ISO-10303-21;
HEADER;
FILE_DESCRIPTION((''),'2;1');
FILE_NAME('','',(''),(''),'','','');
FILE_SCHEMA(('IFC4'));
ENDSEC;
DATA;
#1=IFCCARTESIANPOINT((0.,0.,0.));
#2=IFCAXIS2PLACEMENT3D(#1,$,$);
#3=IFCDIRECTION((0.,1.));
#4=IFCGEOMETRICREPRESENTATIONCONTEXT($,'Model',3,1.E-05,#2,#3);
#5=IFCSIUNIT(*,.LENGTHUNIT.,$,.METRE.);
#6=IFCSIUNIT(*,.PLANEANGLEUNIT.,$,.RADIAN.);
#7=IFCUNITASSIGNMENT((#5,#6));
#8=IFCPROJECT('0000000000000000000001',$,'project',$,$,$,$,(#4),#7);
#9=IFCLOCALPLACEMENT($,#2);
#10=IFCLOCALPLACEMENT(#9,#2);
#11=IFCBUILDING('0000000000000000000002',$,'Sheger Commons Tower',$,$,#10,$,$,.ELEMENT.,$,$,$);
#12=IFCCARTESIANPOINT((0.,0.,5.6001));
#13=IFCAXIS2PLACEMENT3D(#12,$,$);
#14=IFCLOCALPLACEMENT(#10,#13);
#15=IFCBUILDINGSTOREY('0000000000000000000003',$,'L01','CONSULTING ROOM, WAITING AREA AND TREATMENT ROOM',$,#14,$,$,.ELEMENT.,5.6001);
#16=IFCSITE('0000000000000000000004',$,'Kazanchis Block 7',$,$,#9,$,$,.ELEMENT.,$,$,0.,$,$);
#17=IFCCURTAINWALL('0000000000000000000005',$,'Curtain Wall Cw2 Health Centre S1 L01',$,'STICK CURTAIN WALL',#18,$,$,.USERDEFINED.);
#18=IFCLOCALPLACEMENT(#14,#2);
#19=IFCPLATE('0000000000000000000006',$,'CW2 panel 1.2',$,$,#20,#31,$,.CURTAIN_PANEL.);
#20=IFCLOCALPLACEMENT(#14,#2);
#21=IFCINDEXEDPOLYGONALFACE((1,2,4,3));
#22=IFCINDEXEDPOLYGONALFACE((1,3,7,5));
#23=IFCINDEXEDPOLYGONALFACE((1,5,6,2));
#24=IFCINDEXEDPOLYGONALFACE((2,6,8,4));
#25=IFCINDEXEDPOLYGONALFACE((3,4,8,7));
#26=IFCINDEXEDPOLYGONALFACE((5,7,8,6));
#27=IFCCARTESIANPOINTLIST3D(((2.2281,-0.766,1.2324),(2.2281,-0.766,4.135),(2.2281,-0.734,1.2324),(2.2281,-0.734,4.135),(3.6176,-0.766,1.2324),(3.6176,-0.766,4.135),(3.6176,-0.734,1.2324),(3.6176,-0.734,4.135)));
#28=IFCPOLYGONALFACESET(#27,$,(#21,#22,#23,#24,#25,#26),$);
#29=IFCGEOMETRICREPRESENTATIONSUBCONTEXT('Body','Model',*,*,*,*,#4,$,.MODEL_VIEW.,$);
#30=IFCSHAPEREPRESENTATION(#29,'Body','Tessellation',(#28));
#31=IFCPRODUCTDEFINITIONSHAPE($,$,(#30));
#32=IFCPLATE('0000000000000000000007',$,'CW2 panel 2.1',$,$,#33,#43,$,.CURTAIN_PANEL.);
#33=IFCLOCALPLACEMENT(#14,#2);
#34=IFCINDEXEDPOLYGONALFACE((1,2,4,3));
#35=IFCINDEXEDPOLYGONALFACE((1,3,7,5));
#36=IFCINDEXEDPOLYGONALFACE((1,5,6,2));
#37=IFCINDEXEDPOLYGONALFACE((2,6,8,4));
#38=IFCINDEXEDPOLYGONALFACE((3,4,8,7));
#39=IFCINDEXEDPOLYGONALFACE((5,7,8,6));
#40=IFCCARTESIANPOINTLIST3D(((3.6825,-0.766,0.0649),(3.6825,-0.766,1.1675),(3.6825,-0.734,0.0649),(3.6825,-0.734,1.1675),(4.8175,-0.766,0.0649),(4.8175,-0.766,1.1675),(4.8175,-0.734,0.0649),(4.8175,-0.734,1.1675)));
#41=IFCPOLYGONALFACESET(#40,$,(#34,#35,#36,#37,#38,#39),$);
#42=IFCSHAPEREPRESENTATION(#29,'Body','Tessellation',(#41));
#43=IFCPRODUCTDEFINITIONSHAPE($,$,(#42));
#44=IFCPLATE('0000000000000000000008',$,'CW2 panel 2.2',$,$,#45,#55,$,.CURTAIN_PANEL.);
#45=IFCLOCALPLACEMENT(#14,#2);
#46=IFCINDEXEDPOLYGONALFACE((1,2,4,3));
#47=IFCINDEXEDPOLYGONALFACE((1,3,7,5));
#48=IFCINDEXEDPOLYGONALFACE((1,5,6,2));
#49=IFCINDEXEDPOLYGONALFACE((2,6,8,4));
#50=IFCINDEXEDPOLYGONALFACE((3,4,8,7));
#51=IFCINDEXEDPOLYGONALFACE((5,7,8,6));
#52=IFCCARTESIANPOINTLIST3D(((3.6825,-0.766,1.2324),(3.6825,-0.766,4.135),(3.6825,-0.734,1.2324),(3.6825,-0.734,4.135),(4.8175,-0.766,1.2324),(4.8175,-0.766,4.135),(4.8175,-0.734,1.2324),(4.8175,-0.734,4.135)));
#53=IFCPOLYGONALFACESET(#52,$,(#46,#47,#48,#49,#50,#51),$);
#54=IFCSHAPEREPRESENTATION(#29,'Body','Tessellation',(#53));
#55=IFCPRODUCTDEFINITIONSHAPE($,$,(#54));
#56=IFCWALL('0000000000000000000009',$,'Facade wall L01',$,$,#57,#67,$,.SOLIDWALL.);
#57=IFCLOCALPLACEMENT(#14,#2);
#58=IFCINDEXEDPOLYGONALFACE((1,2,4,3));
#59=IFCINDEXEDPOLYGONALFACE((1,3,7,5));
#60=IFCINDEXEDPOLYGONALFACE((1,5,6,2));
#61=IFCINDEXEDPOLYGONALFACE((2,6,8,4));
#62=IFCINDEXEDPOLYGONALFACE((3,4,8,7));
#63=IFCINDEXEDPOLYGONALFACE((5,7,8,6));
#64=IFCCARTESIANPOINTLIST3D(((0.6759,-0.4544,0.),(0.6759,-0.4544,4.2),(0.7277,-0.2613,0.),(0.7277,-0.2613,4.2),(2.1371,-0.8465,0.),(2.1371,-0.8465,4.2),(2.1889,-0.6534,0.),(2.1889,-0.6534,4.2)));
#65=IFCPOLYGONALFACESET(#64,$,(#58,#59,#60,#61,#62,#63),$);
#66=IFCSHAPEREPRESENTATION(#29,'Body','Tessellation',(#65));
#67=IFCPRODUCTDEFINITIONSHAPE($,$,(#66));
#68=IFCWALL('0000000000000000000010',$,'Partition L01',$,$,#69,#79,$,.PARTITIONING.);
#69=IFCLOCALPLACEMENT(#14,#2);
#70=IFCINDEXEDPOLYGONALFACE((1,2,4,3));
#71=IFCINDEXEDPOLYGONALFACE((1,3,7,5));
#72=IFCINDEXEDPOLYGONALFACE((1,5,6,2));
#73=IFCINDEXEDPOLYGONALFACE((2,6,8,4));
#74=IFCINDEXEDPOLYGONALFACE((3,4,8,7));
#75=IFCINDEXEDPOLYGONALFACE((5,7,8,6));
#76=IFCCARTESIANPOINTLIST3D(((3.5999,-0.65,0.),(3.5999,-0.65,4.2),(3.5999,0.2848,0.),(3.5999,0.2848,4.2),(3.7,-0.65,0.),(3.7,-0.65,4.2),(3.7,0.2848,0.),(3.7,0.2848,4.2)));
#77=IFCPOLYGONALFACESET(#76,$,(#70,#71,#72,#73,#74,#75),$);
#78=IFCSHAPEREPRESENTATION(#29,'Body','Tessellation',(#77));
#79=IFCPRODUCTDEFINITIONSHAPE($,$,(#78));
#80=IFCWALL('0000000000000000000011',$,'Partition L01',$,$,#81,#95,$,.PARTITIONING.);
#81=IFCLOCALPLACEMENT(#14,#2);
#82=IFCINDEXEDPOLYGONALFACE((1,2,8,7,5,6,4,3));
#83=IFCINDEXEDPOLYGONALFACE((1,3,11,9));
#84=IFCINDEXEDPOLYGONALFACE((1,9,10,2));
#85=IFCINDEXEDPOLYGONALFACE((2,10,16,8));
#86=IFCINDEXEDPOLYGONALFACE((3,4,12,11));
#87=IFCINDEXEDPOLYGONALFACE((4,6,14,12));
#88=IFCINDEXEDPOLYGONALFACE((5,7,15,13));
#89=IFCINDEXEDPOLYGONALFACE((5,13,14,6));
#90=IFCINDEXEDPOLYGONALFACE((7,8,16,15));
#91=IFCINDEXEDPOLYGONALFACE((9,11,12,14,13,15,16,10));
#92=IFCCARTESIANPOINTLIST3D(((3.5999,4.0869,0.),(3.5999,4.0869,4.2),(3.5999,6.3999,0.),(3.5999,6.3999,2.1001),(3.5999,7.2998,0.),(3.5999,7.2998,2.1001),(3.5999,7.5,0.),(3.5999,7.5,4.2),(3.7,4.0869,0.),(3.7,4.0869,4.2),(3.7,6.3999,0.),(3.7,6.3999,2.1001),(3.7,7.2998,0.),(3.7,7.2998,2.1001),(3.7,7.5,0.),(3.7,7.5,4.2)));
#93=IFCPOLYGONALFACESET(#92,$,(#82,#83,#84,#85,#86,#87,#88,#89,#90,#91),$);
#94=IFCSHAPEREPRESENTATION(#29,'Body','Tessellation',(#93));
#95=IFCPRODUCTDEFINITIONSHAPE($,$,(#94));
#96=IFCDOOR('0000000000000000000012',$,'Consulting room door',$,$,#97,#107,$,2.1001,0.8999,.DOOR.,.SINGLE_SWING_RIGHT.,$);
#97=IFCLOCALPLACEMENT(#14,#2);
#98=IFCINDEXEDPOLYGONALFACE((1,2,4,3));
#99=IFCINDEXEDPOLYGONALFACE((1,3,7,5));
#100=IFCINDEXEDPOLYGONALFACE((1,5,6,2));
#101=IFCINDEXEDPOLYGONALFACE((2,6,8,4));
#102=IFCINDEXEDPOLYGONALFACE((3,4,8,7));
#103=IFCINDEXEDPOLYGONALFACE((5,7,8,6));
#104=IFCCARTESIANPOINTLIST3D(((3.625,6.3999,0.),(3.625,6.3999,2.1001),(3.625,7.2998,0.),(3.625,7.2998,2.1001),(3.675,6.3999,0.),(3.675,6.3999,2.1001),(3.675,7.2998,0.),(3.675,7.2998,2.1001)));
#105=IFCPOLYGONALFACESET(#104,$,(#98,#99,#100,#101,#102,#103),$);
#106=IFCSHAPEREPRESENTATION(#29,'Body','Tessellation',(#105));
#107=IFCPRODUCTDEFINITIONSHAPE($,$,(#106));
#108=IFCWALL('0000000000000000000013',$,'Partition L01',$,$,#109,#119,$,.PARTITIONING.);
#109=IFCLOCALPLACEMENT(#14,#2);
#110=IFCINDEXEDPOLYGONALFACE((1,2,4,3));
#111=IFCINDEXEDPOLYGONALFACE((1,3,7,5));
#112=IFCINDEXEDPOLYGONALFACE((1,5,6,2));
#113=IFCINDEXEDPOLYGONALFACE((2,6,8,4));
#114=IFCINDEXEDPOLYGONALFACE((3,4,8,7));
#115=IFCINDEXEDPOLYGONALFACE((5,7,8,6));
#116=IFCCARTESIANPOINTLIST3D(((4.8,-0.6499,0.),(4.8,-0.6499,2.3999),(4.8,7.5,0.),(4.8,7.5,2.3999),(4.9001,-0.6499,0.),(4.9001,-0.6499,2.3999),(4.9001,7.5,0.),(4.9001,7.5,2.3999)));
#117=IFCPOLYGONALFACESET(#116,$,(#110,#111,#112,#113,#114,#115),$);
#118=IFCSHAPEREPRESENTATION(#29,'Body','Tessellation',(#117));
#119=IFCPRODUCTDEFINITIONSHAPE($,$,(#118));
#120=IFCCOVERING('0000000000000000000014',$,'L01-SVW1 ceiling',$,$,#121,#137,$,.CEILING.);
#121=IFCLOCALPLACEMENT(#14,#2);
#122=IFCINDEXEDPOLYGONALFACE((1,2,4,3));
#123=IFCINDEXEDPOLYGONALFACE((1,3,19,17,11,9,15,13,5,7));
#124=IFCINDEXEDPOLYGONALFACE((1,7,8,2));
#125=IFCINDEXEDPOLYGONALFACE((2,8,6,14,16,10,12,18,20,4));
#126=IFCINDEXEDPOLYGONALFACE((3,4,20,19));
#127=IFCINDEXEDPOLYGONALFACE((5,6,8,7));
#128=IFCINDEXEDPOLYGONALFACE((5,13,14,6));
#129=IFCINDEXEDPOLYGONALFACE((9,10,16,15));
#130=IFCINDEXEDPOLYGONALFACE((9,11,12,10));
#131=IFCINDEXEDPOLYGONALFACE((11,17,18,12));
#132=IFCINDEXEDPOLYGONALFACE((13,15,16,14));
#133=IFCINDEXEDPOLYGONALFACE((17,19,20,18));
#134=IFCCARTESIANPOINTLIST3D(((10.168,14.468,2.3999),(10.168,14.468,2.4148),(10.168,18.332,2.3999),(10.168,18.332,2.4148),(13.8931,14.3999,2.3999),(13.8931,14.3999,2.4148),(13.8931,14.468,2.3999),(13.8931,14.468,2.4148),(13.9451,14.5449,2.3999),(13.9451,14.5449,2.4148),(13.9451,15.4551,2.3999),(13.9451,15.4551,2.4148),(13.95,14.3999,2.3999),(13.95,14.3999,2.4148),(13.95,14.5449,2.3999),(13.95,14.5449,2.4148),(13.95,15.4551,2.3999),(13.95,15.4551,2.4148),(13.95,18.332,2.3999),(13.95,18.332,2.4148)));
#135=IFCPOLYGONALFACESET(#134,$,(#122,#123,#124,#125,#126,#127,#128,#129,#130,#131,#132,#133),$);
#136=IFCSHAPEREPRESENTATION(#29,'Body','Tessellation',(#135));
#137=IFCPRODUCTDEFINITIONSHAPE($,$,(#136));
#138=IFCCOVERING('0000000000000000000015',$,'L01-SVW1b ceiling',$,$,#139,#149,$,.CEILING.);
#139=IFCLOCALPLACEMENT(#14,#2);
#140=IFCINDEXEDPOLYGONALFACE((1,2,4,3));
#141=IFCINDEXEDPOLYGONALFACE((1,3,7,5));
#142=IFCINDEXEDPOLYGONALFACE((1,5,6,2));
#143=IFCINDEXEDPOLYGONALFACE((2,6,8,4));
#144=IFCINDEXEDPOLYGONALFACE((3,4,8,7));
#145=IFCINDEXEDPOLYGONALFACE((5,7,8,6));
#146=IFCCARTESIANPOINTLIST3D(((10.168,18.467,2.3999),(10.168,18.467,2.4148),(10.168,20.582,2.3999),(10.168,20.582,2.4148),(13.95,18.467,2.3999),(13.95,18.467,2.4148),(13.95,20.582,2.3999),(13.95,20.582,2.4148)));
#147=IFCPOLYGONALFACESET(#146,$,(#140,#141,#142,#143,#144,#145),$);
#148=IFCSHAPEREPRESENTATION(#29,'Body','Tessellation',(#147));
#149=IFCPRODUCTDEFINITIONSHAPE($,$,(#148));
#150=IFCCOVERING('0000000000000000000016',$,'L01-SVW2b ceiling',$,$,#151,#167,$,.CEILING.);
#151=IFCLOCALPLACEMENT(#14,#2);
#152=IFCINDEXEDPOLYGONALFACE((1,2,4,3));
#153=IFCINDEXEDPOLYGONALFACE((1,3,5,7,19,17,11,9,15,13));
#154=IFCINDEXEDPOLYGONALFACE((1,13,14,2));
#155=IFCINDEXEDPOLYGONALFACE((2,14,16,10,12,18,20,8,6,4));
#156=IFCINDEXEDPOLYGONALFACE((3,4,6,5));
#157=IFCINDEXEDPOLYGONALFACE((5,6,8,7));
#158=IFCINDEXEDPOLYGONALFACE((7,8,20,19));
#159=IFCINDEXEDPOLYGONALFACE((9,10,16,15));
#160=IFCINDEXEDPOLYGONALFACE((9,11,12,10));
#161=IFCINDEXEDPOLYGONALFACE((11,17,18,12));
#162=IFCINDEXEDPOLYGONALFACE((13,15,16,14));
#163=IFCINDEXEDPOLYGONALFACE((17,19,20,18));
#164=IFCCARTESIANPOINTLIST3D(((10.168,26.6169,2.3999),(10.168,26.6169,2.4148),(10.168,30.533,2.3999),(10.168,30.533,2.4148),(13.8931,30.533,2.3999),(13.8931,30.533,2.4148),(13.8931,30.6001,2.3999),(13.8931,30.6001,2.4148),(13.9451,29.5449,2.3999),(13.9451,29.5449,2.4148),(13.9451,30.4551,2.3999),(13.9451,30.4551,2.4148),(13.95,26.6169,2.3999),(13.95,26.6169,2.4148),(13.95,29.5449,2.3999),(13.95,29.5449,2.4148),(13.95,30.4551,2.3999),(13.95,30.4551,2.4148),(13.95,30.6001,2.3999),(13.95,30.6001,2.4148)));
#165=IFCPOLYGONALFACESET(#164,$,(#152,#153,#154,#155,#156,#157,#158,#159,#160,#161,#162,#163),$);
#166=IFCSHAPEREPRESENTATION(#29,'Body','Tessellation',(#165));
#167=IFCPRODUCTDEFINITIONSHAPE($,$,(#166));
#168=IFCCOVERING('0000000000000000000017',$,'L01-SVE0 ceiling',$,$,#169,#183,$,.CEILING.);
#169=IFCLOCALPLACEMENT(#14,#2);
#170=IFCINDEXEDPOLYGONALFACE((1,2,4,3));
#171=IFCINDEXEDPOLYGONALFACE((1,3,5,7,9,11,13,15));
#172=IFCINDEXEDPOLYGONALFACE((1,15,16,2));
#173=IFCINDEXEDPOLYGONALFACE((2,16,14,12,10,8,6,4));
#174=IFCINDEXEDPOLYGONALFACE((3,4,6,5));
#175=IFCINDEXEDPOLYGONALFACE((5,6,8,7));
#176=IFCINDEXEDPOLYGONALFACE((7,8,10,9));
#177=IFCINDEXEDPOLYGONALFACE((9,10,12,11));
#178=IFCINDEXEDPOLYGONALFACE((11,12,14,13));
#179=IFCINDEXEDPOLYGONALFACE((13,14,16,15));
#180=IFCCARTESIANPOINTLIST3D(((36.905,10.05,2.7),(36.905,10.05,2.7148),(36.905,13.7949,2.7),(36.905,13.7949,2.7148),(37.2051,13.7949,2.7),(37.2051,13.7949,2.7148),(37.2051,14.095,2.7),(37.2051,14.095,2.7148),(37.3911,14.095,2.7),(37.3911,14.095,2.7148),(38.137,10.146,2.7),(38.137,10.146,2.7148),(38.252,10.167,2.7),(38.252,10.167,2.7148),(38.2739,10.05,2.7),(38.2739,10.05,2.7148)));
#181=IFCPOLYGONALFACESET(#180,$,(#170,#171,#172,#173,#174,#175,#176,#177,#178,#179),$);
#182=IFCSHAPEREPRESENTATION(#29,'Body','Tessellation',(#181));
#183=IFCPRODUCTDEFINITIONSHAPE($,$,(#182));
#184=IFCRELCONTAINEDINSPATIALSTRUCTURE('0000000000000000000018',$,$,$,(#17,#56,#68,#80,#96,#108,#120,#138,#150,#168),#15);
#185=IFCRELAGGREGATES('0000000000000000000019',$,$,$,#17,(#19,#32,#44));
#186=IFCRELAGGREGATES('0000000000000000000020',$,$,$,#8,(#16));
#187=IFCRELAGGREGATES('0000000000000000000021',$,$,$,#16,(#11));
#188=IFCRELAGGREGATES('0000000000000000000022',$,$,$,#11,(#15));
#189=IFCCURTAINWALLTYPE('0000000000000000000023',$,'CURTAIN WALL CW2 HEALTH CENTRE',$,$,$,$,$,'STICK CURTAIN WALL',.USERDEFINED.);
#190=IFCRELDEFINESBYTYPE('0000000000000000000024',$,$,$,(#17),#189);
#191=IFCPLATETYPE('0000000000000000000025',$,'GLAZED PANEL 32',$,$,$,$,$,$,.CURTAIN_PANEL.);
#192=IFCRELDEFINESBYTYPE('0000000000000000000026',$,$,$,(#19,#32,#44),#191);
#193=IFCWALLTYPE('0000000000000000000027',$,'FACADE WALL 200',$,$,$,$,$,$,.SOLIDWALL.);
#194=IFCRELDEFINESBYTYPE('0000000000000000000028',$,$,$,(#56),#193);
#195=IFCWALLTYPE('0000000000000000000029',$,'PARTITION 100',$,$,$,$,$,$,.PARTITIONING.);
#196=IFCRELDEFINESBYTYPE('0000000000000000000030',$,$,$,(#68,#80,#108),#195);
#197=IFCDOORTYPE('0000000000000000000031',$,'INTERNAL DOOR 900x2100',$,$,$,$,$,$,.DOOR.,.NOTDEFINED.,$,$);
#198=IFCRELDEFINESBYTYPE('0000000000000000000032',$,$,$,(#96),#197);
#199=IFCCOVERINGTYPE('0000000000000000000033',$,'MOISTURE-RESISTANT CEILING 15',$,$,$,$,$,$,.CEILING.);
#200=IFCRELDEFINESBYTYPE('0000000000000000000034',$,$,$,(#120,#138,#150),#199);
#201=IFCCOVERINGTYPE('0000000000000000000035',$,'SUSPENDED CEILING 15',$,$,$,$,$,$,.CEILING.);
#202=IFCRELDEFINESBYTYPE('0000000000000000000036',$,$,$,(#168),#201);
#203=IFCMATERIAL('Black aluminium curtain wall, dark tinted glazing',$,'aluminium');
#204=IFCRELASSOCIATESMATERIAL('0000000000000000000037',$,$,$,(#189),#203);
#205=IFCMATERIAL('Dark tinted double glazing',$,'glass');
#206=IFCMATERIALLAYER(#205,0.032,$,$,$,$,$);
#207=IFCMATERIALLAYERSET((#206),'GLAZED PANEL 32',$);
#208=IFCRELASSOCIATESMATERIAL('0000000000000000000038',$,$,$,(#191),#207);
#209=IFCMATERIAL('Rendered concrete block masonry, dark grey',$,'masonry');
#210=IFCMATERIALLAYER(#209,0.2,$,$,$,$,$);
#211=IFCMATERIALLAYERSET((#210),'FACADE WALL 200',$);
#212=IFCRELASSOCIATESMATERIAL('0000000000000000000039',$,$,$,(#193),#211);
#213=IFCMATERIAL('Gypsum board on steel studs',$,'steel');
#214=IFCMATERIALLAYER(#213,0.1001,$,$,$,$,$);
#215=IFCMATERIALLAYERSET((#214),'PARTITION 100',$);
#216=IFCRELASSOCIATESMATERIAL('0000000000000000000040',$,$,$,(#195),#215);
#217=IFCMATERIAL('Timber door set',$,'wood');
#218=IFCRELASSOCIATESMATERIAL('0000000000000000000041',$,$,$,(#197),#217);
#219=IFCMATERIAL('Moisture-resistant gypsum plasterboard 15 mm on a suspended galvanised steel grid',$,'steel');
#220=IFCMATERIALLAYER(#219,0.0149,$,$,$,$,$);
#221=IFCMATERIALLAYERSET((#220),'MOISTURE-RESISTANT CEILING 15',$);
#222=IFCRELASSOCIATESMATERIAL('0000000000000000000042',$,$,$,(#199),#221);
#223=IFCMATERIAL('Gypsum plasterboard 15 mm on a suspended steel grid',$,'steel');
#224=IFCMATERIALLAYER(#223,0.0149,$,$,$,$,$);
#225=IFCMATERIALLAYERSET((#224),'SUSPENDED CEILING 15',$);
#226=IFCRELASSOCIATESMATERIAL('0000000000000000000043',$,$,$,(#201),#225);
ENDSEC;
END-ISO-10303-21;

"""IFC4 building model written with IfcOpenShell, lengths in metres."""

from ifc_helpers import new_model, si_unit, direction, frame, frame_2d, origin, origin_2d, place, context, subcontext, project, spatial, polyline, rectangle, outline, extrude, material, layer, layer_set, type_object, element, fill, aggregate, save


model = new_model("IFC4")

# Units and contexts
model_context = context("Model", 3, precision=1e-05, world=origin(), true_north=direction((0.0, 1.0)))
body_context = subcontext(model_context, "Body", "Model", "MODEL_VIEW")
ifc_project = project(units=[si_unit("LENGTHUNIT", "METRE"), si_unit("PLANEANGLEUNIT", "RADIAN")], contexts=[model_context])

# Site, building, storey
site_placement = place(None, origin())
site = spatial("IfcSite", under=ifc_project, at=site_placement, Name="Kazanchis Block 7", CompositionType="ELEMENT", RefElevation=0.0)
building_placement = place(site_placement, origin())
building = spatial("IfcBuilding", under=site, at=building_placement, Name="Sheger Commons Tower", CompositionType="ELEMENT")
storey_placement = place(building_placement, frame((0.0, 0.0, 5.6001)))
storey = spatial("IfcBuildingStorey", under=building, at=storey_placement, Name="L01", Description="CONSULTING ROOM, WAITING AREA AND TREATMENT ROOM", CompositionType="ELEMENT", Elevation=5.6001)

# Curtain wall
ifc_material_1 = material(Name="Black aluminium curtain wall, dark tinted glazing", Category="aluminium")
curtain_wall_type = type_object("IfcCurtainWallType", Name="CURTAIN WALL CW2 HEALTH CENTRE", ElementType="STICK CURTAIN WALL", PredefinedType="USERDEFINED", material=ifc_material_1)
curtain_wall_placement = place(storey_placement, origin())
curtain_wall = element("IfcCurtainWall", 1, at=curtain_wall_placement, inside=storey, type_object=curtain_wall_type, Name="Curtain Wall Cw2 Health Centre S1 L01", ObjectType="STICK CURTAIN WALL", PredefinedType="USERDEFINED")

# Plates
ifc_material_2 = material(Name="Dark tinted double glazing", Category="glass")
ifc_layer_1 = layer(ifc_material_2, 0.032)
ifc_layer_set_1 = layer_set([ifc_layer_1], Name="GLAZED PANEL 32")
plate_type = type_object("IfcPlateType", Name="GLAZED PANEL 32", PredefinedType="CURTAIN_PANEL", material=ifc_layer_set_1)
plate_1_placement = place(storey_placement, frame((2.9229, -0.75, 1.2324), z_axis=(0.0, 0.0, 1.0), x_axis=(1.0, 0.0, 0.0)))
plate_1 = element("IfcPlate", 2, at=plate_1_placement, type_object=plate_type, Name="CW2 panel 1.2", PredefinedType="CURTAIN_PANEL", context=body_context, shape_type="SweptSolid", body=[
    extrude(rectangle(XDim=1.3894, YDim=0.032, at=origin_2d()), origin(), (0.0, 0.0, 1.0), 2.9026),
])
plate_2_placement = place(storey_placement, frame((4.25, -0.75, 0.0649), z_axis=(0.0, 0.0, 1.0), x_axis=(1.0, 0.0, 0.0)))
plate_2 = element("IfcPlate", 3, at=plate_2_placement, type_object=plate_type, Name="CW2 panel 2.1", PredefinedType="CURTAIN_PANEL", context=body_context, shape_type="SweptSolid", body=[
    extrude(rectangle(XDim=1.135, YDim=0.032, at=origin_2d()), origin(), (0.0, 0.0, 1.0), 1.1025),
])
plate_3_placement = place(storey_placement, frame((4.25, -0.75, 1.2324), z_axis=(0.0, 0.0, 1.0), x_axis=(1.0, 0.0, 0.0)))
plate_3 = element("IfcPlate", 4, at=plate_3_placement, type_object=plate_type, Name="CW2 panel 2.2", PredefinedType="CURTAIN_PANEL", context=body_context, shape_type="SweptSolid", body=[
    extrude(rectangle(XDim=1.135, YDim=0.032, at=origin_2d()), origin(), (0.0, 0.0, 1.0), 2.9026),
])
aggregate(curtain_wall, [plate_1, plate_2, plate_3])

# Walls
ifc_material_3 = material(Name="Rendered concrete block masonry, dark grey", Category="masonry")
ifc_layer_2 = layer(ifc_material_3, 0.2)
ifc_layer_set_2 = layer_set([ifc_layer_2], Name="FACADE WALL 200")
wall_type_1 = type_object("IfcWallType", Name="FACADE WALL 200", PredefinedType="SOLIDWALL", material=ifc_layer_set_2)
wall_1_placement = place(storey_placement, frame((0.7019, -0.3579, 0.0), z_axis=(0.0, 0.0, 1.0), x_axis=(0.965832, -0.259169, 0.0)))
element("IfcWall", 5, at=wall_1_placement, inside=storey, type_object=wall_type_1, Name="Facade wall L01", PredefinedType="SOLIDWALL", context=body_context, shape_type="SweptSolid", body=[
    extrude(rectangle(XDim=1.5129, YDim=0.2, at=frame_2d((0.7563, 0.0))), origin(), (0.0, 0.0, 1.0), 4.2),
])
ifc_material_4 = material(Name="Gypsum board on steel studs", Category="steel")
ifc_layer_3 = layer(ifc_material_4, 0.1001)
ifc_layer_set_3 = layer_set([ifc_layer_3], Name="PARTITION 100")
wall_type_2 = type_object("IfcWallType", Name="PARTITION 100", PredefinedType="PARTITIONING", material=ifc_layer_set_3)
wall_2_placement = place(storey_placement, frame((3.6499, -0.6499, 0.0), z_axis=(0.0, 0.0, 1.0), x_axis=(0.0, 1.0, 0.0)))
element("IfcWall", 6, at=wall_2_placement, inside=storey, type_object=wall_type_2, Name="Partition L01", PredefinedType="PARTITIONING", context=body_context, shape_type="SweptSolid", body=[
    extrude(rectangle(XDim=0.9348, YDim=0.1001, at=frame_2d((0.4673, 0.0))), origin(), (0.0, 0.0, 1.0), 4.2),
])

# Wall, opening, door
wall_3_placement = place(storey_placement, frame((3.6499, 4.0869, 0.0), z_axis=(0.0, 0.0, 1.0), x_axis=(0.0, 1.0, 0.0)))
wall_3 = element("IfcWall", 7, at=wall_3_placement, inside=storey, type_object=wall_type_2, Name="Partition L01", PredefinedType="PARTITIONING", context=body_context, shape_type="SweptSolid", body=[
    extrude(rectangle(XDim=3.4131, YDim=0.1001, at=frame_2d((1.7065, 0.0))), origin(), (0.0, 0.0, 1.0), 4.2),
])
opening_placement = place(wall_3_placement, frame((2.313, 0.0, 0.0)))
opening = element("IfcOpeningElement", 8, at=opening_placement, cuts=wall_3, PredefinedType="OPENING", context=body_context, shape_type="SweptSolid", body=[
    extrude(rectangle(XDim=0.8999, YDim=2.1001, at=frame_2d((0.45, 1.05))), frame((0.0, 0.0601, 0.0), z_axis=(0.0, -1.0, 0.0), x_axis=(1.0, 0.0, 0.0)), (0.0, 0.0, 1.0), 0.1201),
])
ifc_material_5 = material(Name="Timber door set", Category="wood")
door_type = type_object("IfcDoorType", Name="INTERNAL DOOR 900x2100", OperationType="NOTDEFINED", PredefinedType="DOOR", material=ifc_material_5)
door_placement = place(opening_placement, origin())
door = element("IfcDoor", 9, at=door_placement, inside=storey, type_object=door_type, Name="Consulting room door", OperationType="SINGLE_SWING_RIGHT", OverallHeight=2.1001, OverallWidth=0.8999, PredefinedType="DOOR", context=body_context, shape_type="SweptSolid", body=[
    extrude(rectangle(XDim=0.8999, YDim=2.1001, at=frame_2d((0.45, 1.05))), frame((0.0, 0.0249, 0.0), z_axis=(0.0, -1.0, 0.0), x_axis=(1.0, 0.0, 0.0)), (0.0, 0.0, 1.0), 0.05),
])
fill(opening, door)

# Wall
wall_4_placement = place(storey_placement, frame((4.8501, -0.6499, 0.0), z_axis=(0.0, 0.0, 1.0), x_axis=(0.0, 1.0, 0.0)))
element("IfcWall", 10, at=wall_4_placement, inside=storey, type_object=wall_type_2, Name="Partition L01", PredefinedType="PARTITIONING", context=body_context, shape_type="SweptSolid", body=[
    extrude(rectangle(XDim=8.1499, YDim=0.1001, at=frame_2d((4.075, 0.0))), origin(), (0.0, 0.0, 1.0), 2.3999),
])

# Coverings
ifc_material_6 = material(Name="Moisture-resistant gypsum plasterboard 15 mm on a suspended galvanised steel grid", Category="steel")
ifc_layer_4 = layer(ifc_material_6, 0.0149)
ifc_layer_set_4 = layer_set([ifc_layer_4], Name="MOISTURE-RESISTANT CEILING 15")
covering_type_1 = type_object("IfcCoveringType", Name="MOISTURE-RESISTANT CEILING 15", PredefinedType="CEILING", material=ifc_layer_set_4)
covering_1_placement = place(storey_placement, frame((0.0, 0.0, 2.3999)))
element("IfcCovering", 11, at=covering_1_placement, inside=storey, type_object=covering_type_1, Name="L01-SVW1 ceiling", PredefinedType="CEILING", context=body_context, shape_type="SweptSolid", body=[
    extrude(outline(polyline([(13.8931, 14.3999), (13.95, 14.3999), (13.95, 14.5449), (13.9451, 14.5449), (13.9451, 15.4551), (13.95, 15.4551), (13.95, 18.332), (10.168, 18.332), (10.168, 14.468), (13.8931, 14.468), (13.8931, 14.3999)])), origin(), (0.0, 0.0, 1.0), 0.0149),
])
covering_2_placement = place(storey_placement, frame((0.0, 0.0, 2.3999)))
element("IfcCovering", 12, at=covering_2_placement, inside=storey, type_object=covering_type_1, Name="L01-SVW1b ceiling", PredefinedType="CEILING", context=body_context, shape_type="SweptSolid", body=[
    extrude(outline(polyline([(10.168, 18.467), (13.95, 18.467), (13.95, 20.582), (10.168, 20.582), (10.168, 18.467)])), origin(), (0.0, 0.0, 1.0), 0.0149),
])
covering_3_placement = place(storey_placement, frame((0.0, 0.0, 2.3999)))
element("IfcCovering", 13, at=covering_3_placement, inside=storey, type_object=covering_type_1, Name="L01-SVW2b ceiling", PredefinedType="CEILING", context=body_context, shape_type="SweptSolid", body=[
    extrude(outline(polyline([(10.168, 26.6169), (13.95, 26.6169), (13.95, 29.5449), (13.9451, 29.5449), (13.9451, 30.4551), (13.95, 30.4551), (13.95, 30.6001), (13.8931, 30.6001), (13.8931, 30.533), (10.168, 30.533), (10.168, 26.6169)])), origin(), (0.0, 0.0, 1.0), 0.0149),
])
ifc_material_7 = material(Name="Gypsum plasterboard 15 mm on a suspended steel grid", Category="steel")
ifc_layer_5 = layer(ifc_material_7, 0.0149)
ifc_layer_set_5 = layer_set([ifc_layer_5], Name="SUSPENDED CEILING 15")
covering_type_2 = type_object("IfcCoveringType", Name="SUSPENDED CEILING 15", PredefinedType="CEILING", material=ifc_layer_set_5)
covering_4_placement = place(storey_placement, frame((0.0, 0.0, 2.7)))
element("IfcCovering", 14, at=covering_4_placement, inside=storey, type_object=covering_type_2, Name="L01-SVE0 ceiling", PredefinedType="CEILING", context=body_context, shape_type="SweptSolid", body=[
    extrude(outline(polyline([(36.905, 10.05), (38.2739, 10.05), (38.252, 10.167), (38.137, 10.146), (37.3911, 14.095), (37.2051, 14.095), (37.2051, 13.7949), (36.905, 13.7949), (36.905, 10.05)])), origin(), (0.0, 0.0, 1.0), 0.0149),
])

save(model, "model.ifc")
